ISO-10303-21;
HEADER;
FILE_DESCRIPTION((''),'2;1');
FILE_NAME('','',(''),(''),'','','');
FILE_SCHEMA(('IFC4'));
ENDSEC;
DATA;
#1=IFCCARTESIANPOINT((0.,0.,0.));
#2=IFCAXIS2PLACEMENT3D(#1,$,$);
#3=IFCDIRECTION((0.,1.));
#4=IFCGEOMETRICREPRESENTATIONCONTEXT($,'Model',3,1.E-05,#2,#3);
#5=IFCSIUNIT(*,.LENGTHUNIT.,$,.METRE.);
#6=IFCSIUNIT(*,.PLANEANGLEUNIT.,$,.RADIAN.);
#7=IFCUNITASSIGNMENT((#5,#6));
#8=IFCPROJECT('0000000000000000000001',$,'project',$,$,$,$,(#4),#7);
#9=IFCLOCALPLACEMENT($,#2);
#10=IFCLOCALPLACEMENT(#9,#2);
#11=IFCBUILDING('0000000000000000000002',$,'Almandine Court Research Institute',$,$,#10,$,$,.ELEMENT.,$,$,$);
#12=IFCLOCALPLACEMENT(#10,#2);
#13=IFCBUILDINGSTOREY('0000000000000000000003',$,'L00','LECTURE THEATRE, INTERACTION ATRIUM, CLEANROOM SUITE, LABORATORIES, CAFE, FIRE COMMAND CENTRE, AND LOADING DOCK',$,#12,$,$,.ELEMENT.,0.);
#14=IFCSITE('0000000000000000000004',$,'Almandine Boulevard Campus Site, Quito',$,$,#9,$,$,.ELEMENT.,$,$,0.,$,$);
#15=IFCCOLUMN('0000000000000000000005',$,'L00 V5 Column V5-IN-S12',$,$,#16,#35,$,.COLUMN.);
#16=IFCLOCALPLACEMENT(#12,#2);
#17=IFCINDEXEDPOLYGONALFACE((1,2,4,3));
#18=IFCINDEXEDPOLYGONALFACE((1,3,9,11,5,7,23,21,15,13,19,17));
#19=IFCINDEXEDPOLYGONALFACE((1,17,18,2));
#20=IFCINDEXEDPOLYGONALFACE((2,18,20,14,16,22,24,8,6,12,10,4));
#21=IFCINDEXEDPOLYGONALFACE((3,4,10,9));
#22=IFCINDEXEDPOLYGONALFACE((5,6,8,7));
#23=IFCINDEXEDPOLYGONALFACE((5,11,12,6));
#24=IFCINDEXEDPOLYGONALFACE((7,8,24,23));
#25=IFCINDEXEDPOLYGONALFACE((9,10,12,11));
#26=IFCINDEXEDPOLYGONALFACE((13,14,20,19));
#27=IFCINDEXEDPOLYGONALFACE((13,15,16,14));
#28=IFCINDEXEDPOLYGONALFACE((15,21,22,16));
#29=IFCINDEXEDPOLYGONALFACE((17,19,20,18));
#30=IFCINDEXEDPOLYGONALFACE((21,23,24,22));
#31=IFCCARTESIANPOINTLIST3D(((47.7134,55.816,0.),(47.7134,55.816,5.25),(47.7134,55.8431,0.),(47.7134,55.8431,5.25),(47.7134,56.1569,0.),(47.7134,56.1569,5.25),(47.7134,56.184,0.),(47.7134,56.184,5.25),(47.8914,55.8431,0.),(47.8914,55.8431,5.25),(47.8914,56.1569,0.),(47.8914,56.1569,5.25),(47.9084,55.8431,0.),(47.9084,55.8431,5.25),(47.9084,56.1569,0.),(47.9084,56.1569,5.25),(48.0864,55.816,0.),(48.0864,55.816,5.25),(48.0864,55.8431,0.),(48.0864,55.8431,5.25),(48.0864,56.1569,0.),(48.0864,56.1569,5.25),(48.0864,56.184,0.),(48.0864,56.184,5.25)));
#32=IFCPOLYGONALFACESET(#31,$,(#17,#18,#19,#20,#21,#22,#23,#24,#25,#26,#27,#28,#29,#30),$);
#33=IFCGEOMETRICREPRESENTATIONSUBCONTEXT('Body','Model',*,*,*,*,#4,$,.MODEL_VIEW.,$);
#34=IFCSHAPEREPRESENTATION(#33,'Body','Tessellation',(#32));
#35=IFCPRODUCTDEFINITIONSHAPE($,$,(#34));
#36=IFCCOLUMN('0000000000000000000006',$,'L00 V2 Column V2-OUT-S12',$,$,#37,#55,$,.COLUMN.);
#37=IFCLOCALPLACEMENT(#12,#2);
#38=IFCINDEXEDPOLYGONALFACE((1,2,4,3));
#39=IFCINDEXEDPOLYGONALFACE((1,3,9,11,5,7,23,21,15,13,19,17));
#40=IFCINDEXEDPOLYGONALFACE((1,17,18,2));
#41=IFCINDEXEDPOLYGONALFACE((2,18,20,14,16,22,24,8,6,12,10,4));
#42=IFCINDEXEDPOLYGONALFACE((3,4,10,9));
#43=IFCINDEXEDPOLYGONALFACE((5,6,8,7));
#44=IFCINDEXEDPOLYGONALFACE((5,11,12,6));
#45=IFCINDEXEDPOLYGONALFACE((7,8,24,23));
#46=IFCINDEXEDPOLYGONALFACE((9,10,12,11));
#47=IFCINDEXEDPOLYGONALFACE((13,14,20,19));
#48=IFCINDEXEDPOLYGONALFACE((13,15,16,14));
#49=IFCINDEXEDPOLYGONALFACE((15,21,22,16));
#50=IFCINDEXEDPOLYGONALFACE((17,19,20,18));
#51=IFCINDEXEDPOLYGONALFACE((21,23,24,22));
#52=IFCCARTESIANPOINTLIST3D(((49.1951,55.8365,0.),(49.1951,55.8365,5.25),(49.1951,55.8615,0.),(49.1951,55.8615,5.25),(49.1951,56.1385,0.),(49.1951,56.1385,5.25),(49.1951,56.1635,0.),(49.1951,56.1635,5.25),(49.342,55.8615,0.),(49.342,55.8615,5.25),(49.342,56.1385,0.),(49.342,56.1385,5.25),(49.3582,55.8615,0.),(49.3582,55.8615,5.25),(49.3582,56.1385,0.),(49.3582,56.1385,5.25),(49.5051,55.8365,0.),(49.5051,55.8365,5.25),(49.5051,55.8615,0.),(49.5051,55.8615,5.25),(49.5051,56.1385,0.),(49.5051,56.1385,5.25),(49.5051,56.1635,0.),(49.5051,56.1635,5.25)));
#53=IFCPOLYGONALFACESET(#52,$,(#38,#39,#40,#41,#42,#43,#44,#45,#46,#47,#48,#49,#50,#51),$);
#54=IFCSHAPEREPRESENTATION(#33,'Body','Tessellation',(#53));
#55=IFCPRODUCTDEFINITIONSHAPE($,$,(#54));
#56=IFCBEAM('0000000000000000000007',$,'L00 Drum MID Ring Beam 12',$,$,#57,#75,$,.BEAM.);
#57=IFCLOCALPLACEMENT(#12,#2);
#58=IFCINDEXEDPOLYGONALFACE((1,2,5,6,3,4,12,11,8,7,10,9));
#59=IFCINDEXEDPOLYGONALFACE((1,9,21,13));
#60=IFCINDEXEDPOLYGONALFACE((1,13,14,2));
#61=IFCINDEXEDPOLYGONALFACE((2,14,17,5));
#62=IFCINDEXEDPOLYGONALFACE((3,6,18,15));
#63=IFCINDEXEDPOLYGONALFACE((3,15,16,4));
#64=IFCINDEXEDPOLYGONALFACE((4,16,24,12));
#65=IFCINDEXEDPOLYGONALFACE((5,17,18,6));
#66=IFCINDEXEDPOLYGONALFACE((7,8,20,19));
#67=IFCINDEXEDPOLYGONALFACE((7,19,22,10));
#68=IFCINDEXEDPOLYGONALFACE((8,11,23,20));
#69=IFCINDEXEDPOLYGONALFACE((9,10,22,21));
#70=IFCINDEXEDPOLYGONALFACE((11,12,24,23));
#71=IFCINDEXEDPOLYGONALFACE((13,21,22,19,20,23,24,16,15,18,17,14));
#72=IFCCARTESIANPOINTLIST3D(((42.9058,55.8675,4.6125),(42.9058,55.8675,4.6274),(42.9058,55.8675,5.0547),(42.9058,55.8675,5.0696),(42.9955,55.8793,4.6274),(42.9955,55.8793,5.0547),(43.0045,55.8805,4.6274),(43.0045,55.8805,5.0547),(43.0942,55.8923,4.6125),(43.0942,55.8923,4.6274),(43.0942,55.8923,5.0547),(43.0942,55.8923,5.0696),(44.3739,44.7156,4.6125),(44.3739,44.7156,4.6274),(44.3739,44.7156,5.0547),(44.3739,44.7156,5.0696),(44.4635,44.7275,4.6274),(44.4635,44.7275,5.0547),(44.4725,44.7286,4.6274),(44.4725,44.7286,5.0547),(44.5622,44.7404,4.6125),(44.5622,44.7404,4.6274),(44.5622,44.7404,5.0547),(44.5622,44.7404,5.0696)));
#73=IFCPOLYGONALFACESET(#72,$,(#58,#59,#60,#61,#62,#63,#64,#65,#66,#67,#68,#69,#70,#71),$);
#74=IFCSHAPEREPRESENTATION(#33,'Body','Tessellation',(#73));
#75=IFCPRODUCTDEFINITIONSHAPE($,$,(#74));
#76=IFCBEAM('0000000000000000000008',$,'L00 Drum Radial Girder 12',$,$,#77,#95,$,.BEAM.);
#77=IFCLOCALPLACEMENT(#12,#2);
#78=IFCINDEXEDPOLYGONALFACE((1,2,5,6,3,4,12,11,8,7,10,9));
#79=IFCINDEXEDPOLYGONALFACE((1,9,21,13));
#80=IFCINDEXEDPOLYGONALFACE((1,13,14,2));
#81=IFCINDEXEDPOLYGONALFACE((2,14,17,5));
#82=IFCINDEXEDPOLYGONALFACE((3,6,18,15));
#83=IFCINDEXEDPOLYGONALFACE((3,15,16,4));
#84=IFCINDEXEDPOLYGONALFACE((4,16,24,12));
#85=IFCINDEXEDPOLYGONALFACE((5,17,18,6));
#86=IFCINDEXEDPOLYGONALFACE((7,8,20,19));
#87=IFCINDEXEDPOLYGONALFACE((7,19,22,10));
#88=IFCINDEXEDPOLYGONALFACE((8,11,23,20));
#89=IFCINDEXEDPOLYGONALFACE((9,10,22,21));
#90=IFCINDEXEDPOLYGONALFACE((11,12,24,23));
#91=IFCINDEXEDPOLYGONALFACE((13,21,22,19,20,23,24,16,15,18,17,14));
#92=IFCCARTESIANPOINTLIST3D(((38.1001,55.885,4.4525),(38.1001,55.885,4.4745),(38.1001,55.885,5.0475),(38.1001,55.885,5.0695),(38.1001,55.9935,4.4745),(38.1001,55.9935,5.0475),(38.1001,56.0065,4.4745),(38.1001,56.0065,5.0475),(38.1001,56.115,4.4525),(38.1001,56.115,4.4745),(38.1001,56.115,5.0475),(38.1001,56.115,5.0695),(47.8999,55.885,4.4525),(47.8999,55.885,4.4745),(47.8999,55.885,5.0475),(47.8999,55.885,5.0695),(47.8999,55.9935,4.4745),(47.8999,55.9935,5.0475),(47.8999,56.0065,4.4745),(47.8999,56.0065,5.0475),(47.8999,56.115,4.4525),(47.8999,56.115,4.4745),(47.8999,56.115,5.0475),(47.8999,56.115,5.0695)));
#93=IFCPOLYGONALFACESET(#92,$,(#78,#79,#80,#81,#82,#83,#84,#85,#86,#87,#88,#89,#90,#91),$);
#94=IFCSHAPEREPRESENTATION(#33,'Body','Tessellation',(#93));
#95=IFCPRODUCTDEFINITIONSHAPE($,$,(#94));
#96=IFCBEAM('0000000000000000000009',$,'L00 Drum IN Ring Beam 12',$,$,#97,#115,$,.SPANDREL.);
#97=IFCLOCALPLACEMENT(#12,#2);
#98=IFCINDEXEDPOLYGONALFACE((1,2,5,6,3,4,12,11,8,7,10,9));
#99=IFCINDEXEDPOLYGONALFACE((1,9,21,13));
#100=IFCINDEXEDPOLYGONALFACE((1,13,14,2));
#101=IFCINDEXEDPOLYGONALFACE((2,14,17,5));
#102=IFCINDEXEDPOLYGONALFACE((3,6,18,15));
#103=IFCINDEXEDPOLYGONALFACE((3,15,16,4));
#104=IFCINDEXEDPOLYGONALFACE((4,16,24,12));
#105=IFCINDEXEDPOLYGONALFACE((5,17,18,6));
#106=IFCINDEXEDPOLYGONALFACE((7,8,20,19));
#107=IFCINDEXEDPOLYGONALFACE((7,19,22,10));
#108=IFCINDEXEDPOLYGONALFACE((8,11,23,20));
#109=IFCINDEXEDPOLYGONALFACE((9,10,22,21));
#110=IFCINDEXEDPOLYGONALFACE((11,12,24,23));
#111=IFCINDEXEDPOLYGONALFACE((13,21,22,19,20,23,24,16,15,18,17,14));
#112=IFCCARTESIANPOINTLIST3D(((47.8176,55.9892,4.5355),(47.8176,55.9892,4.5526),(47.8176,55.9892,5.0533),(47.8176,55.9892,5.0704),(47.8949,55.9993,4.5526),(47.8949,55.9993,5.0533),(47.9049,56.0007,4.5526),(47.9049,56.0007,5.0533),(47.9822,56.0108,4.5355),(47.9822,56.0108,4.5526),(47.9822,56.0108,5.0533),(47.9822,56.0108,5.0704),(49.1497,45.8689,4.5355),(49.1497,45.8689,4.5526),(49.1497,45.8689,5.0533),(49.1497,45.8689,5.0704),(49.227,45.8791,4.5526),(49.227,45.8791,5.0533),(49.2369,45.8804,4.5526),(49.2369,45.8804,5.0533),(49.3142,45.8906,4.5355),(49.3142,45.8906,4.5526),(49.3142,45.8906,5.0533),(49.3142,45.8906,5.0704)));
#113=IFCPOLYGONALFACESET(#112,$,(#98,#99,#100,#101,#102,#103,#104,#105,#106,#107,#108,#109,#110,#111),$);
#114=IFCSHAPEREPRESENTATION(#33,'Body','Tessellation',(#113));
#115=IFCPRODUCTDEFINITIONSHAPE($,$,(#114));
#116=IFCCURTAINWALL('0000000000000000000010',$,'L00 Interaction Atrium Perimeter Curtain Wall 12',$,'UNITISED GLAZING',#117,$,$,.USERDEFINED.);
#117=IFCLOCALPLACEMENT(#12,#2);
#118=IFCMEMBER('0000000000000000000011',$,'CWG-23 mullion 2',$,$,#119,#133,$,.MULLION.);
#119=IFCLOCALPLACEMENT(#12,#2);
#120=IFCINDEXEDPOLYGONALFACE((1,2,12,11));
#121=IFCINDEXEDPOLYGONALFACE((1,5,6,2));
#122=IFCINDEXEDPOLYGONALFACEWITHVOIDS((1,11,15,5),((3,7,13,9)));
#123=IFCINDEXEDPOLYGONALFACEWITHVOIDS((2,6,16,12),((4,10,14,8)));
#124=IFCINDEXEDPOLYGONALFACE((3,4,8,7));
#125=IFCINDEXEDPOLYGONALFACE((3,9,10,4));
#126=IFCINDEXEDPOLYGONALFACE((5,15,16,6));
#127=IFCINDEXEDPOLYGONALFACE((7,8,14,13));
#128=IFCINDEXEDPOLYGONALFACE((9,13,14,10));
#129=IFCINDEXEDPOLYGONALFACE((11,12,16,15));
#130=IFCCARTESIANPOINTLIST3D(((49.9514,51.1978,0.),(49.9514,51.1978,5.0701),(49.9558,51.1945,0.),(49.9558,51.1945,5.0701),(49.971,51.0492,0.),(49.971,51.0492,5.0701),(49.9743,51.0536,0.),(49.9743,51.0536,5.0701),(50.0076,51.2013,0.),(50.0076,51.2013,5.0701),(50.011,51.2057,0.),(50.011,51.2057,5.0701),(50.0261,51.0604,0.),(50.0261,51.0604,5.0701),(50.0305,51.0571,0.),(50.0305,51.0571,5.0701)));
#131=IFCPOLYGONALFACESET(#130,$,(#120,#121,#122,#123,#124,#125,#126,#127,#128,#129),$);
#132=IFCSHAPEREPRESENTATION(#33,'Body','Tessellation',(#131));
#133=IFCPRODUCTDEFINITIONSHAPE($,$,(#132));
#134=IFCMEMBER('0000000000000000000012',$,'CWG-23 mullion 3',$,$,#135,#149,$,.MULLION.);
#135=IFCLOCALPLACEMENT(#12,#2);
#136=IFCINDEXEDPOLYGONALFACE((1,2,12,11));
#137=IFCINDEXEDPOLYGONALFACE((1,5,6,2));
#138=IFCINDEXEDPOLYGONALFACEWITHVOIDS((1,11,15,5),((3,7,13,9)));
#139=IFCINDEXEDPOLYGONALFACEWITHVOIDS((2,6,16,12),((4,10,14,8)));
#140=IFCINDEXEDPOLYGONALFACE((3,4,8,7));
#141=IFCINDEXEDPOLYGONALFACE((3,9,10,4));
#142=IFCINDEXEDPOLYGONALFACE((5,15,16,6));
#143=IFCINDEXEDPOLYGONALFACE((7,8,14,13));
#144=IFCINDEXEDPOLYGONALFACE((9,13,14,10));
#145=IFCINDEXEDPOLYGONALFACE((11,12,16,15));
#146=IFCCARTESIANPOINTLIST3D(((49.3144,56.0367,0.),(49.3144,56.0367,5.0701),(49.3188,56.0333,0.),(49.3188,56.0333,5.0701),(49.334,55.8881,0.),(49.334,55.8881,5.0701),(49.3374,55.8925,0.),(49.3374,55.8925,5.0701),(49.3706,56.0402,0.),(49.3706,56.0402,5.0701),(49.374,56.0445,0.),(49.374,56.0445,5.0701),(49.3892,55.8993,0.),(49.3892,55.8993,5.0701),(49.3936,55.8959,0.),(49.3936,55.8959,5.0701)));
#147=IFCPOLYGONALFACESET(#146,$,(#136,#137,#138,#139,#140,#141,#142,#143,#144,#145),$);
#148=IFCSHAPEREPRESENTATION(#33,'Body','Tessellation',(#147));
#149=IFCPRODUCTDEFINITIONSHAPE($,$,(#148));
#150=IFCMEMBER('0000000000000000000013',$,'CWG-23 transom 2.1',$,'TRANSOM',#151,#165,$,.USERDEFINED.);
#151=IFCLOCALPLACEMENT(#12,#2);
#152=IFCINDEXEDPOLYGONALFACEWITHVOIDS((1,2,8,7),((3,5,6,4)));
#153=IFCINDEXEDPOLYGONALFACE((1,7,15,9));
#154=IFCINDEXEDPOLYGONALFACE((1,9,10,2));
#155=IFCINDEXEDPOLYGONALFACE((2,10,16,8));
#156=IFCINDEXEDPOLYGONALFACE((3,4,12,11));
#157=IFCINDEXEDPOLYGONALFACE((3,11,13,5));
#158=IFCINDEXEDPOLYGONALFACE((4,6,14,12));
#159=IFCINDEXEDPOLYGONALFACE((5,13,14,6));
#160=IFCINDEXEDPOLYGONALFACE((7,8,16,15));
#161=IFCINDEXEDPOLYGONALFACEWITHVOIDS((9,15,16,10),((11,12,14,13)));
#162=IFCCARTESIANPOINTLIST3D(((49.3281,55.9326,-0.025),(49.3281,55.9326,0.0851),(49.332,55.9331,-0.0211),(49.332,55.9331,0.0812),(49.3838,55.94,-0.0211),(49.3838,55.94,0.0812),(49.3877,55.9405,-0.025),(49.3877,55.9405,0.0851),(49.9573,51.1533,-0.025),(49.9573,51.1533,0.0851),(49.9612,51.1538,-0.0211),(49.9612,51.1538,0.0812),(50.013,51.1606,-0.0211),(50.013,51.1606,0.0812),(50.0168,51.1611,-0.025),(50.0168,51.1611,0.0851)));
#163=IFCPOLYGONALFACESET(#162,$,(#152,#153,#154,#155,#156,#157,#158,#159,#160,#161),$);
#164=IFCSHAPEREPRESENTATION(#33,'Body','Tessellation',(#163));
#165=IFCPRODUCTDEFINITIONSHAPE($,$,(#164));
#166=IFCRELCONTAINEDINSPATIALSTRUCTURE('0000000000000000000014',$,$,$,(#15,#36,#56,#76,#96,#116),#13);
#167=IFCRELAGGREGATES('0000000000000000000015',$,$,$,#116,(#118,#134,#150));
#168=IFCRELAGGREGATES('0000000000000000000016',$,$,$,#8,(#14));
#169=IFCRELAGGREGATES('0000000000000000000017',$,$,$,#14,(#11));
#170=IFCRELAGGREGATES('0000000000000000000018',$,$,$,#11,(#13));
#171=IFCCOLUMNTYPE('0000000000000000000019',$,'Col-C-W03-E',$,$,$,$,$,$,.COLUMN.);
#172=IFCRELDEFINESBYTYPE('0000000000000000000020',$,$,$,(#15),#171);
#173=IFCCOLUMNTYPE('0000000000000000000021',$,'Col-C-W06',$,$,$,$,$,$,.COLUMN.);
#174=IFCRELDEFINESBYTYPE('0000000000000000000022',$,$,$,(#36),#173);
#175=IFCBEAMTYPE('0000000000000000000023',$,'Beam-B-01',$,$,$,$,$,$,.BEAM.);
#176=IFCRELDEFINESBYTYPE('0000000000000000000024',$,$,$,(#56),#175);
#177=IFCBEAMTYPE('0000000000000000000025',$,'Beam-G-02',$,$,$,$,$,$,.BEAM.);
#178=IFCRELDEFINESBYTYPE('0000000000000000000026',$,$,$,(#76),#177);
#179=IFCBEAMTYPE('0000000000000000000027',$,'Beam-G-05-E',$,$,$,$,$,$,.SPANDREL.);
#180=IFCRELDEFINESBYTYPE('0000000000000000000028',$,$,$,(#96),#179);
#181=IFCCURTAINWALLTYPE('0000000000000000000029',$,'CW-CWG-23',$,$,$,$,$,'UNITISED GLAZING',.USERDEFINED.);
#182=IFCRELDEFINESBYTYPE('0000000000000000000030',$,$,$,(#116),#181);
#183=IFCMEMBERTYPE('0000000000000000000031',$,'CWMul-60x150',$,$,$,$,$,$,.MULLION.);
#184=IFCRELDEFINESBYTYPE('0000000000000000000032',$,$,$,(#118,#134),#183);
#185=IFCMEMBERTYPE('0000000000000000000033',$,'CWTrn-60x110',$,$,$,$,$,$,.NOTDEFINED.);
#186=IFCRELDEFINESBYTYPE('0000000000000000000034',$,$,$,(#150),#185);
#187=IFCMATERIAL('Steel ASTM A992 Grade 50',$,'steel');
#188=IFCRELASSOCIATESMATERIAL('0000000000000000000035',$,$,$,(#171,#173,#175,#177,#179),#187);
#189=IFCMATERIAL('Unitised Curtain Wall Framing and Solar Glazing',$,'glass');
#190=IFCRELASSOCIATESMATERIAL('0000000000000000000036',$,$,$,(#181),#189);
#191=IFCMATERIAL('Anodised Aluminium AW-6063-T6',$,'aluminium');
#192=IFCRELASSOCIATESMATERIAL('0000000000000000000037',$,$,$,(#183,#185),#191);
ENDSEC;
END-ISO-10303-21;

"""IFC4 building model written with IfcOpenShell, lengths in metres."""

from ifc_helpers import new_model, si_unit, direction, frame, origin, origin_2d, place, context, subcontext, project, spatial, hollow_rectangle, i_section, extrude, material, material_profile, profile_set, type_object, element, aggregate, save


model = new_model("IFC4")

# Units and contexts
model_context = context("Model", 3, precision=1e-05, world=origin(), true_north=direction((0.0, 1.0)))
body_context = subcontext(model_context, "Body", "Model", "MODEL_VIEW")
ifc_project = project(units=[si_unit("LENGTHUNIT", "METRE"), si_unit("PLANEANGLEUNIT", "RADIAN")], contexts=[model_context])

# Site, building, storey
site_placement = place(None, origin())
site = spatial("IfcSite", under=ifc_project, at=site_placement, Name="Almandine Boulevard Campus Site, Quito", CompositionType="ELEMENT", RefElevation=0.0)
building_placement = place(site_placement, origin())
building = spatial("IfcBuilding", under=site, at=building_placement, Name="Almandine Court Research Institute", CompositionType="ELEMENT")
storey_placement = place(building_placement, origin())
storey = spatial("IfcBuildingStorey", under=building, at=storey_placement, Name="L00", Description="LECTURE THEATRE, INTERACTION ATRIUM, CLEANROOM SUITE, LABORATORIES, CAFE, FIRE COMMAND CENTRE, AND LOADING DOCK", CompositionType="ELEMENT", Elevation=0.0)

# Columns
ifc_material_1 = material(Name="Steel ASTM A992 Grade 50", Category="steel")
ifc_material_profile_1 = material_profile(ifc_material_1, i_section(OverallWidth=0.373, OverallDepth=0.3679, WebThickness=0.0171, FlangeThickness=0.0271, at=origin_2d()), Name="W360x179")
ifc_profile_set_1 = profile_set([ifc_material_profile_1], Name="Steel ASTM A992 Grade 50")
column_type_1 = type_object("IfcColumnType", Name="Col-C-W03-E", PredefinedType="COLUMN", material=ifc_profile_set_1)
column_1_placement = place(storey_placement, frame((47.8999, 56.0, 0.0), z_axis=(0.0, 0.0, 1.0), x_axis=(1.0, 0.0, 0.0)))
element("IfcColumn", 1, at=column_1_placement, inside=storey, type_object=column_type_1, Name="L00 V5 Column V5-IN-S12", PredefinedType="COLUMN", context=body_context, shape_type="SweptSolid", body=[
    extrude(i_section(OverallWidth=0.373, OverallDepth=0.3679, WebThickness=0.0171, FlangeThickness=0.0271, at=origin_2d()), origin(), (0.0, 0.0, 1.0), 5.25),
])
ifc_material_profile_2 = material_profile(ifc_material_1, i_section(OverallWidth=0.3101, OverallDepth=0.3269, WebThickness=0.0161, FlangeThickness=0.0249, at=origin_2d()), Name="W310x158")
ifc_profile_set_2 = profile_set([ifc_material_profile_2], Name="Steel ASTM A992 Grade 50")
column_type_2 = type_object("IfcColumnType", Name="Col-C-W06", PredefinedType="COLUMN", material=ifc_profile_set_2)
column_2_placement = place(storey_placement, frame((49.3501, 56.0, 0.0), z_axis=(0.0, 0.0, 1.0), x_axis=(1.0, 0.0, 0.0)))
element("IfcColumn", 2, at=column_2_placement, inside=storey, type_object=column_type_2, Name="L00 V2 Column V2-OUT-S12", PredefinedType="COLUMN", context=body_context, shape_type="SweptSolid", body=[
    extrude(i_section(OverallWidth=0.3101, OverallDepth=0.3269, WebThickness=0.0161, FlangeThickness=0.0249, at=origin_2d()), origin(), (0.0, 0.0, 1.0), 5.25),
])

# Beams
ifc_material_profile_3 = material_profile(ifc_material_1, i_section(OverallWidth=0.1899, OverallDepth=0.457, WebThickness=0.009, FlangeThickness=0.0149, at=origin_2d()), Name="W460x74")
ifc_profile_set_3 = profile_set([ifc_material_profile_3], Name="Steel ASTM A992 Grade 50")
beam_type_1 = type_object("IfcBeamType", Name="Beam-B-01", PredefinedType="BEAM", material=ifc_profile_set_3)
beam_1_placement = place(storey_placement, frame((43.0, 55.8799, 4.8411), z_axis=(0.130513, -0.991447, 0.0), x_axis=(0.991447, 0.130513, 0.0)))
element("IfcBeam", 3, at=beam_1_placement, inside=storey, type_object=beam_type_1, Name="L00 Drum MID Ring Beam 12", PredefinedType="BEAM", context=body_context, shape_type="SweptSolid", body=[
    extrude(i_section(OverallWidth=0.1899, OverallDepth=0.457, WebThickness=0.009, FlangeThickness=0.0149, at=origin_2d()), origin(), (0.0, 0.0, 1.0), 11.248),
])
ifc_material_profile_4 = material_profile(ifc_material_1, i_section(OverallWidth=0.23, OverallDepth=0.6169, WebThickness=0.0129, FlangeThickness=0.022, at=origin_2d()), Name="W610x140")
ifc_profile_set_4 = profile_set([ifc_material_profile_4], Name="Steel ASTM A992 Grade 50")
beam_type_2 = type_object("IfcBeamType", Name="Beam-G-02", PredefinedType="BEAM", material=ifc_profile_set_4)
beam_2_placement = place(storey_placement, frame((47.8999, 56.0, 4.761), z_axis=(-1.0, 0.0, 0.0), x_axis=(0.0, -1.0, 0.0)))
element("IfcBeam", 4, at=beam_2_placement, inside=storey, type_object=beam_type_2, Name="L00 Drum Radial Girder 12", PredefinedType="BEAM", context=body_context, shape_type="SweptSolid", body=[
    extrude(i_section(OverallWidth=0.23, OverallDepth=0.6169, WebThickness=0.0129, FlangeThickness=0.022, at=origin_2d()), origin(), (0.0, 0.0, 1.0), 9.7998),
])
ifc_material_profile_5 = material_profile(ifc_material_1, i_section(OverallWidth=0.166, OverallDepth=0.5349, WebThickness=0.01, FlangeThickness=0.0171, at=origin_2d()), Name="W530x85")
ifc_profile_set_5 = profile_set([ifc_material_profile_5], Name="Steel ASTM A992 Grade 50")
beam_type_3 = type_object("IfcBeamType", Name="Beam-G-05-E", PredefinedType="SPANDREL", material=ifc_profile_set_5)
beam_3_placement = place(storey_placement, frame((47.8999, 56.0, 4.803), z_axis=(0.130497, -0.991449, 0.0), x_axis=(0.991449, 0.130497, 0.0)))
element("IfcBeam", 5, at=beam_3_placement, inside=storey, type_object=beam_type_3, Name="L00 Drum IN Ring Beam 12", PredefinedType="SPANDREL", context=body_context, shape_type="SweptSolid", body=[
    extrude(i_section(OverallWidth=0.166, OverallDepth=0.5349, WebThickness=0.01, FlangeThickness=0.0171, at=origin_2d()), origin(), (0.0, 0.0, 1.0), 10.2075),
])

# Curtain wall, members
ifc_material_2 = material(Name="Unitised Curtain Wall Framing and Solar Glazing", Category="glass")
curtain_wall_type = type_object("IfcCurtainWallType", Name="CW-CWG-23", ElementType="UNITISED GLAZING", PredefinedType="USERDEFINED", material=ifc_material_2)
curtain_wall_placement = place(storey_placement, origin())
curtain_wall = element("IfcCurtainWall", 6, at=curtain_wall_placement, inside=storey, type_object=curtain_wall_type, Name="L00 Interaction Atrium Perimeter Curtain Wall 12", ObjectType="UNITISED GLAZING", PredefinedType="USERDEFINED")
ifc_material_3 = material(Name="Anodised Aluminium AW-6063-T6", Category="aluminium")
ifc_material_profile_6 = material_profile(ifc_material_3, hollow_rectangle(XDim=0.0601, YDim=0.1499, WallThickness=0.0039, at=origin_2d()), Name="ALU RHS 60x150x4")
ifc_profile_set_6 = profile_set([ifc_material_profile_6], Name="Anodised Aluminium AW-6063-T6")
member_type_1 = type_object("IfcMemberType", Name="CWMul-60x150", PredefinedType="MULLION", material=ifc_profile_set_6)
member_1_placement = place(storey_placement, frame((49.991, 51.1274, 0.0), z_axis=(0.0, 0.0, 1.0), x_axis=(-0.991444, -0.130536, 0.0)))
member_1 = element("IfcMember", 7, at=member_1_placement, type_object=member_type_1, Name="CWG-23 mullion 2", PredefinedType="MULLION", context=body_context, shape_type="SweptSolid", body=[
    extrude(hollow_rectangle(XDim=0.0601, YDim=0.1499, WallThickness=0.0039, at=origin_2d()), origin(), (0.0, 0.0, 1.0), 5.0701),
])
member_2_placement = place(storey_placement, frame((49.354, 55.9663, 0.0), z_axis=(0.0, 0.0, 1.0), x_axis=(-0.991444, -0.130536, 0.0)))
member_2 = element("IfcMember", 8, at=member_2_placement, type_object=member_type_1, Name="CWG-23 mullion 3", PredefinedType="MULLION", context=body_context, shape_type="SweptSolid", body=[
    extrude(hollow_rectangle(XDim=0.0601, YDim=0.1499, WallThickness=0.0039, at=origin_2d()), origin(), (0.0, 0.0, 1.0), 5.0701),
])
ifc_material_profile_7 = material_profile(ifc_material_3, hollow_rectangle(XDim=0.0601, YDim=0.1101, WallThickness=0.0039, at=origin_2d()), Name="ALU RHS 60x110x4")
ifc_profile_set_7 = profile_set([ifc_material_profile_7], Name="Anodised Aluminium AW-6063-T6")
member_type_2 = type_object("IfcMemberType", Name="CWTrn-60x110", PredefinedType="NOTDEFINED", material=ifc_profile_set_7)
member_3_placement = place(storey_placement, frame((49.9871, 51.1572, 0.03), z_axis=(-0.130515, 0.991446, 0.0), x_axis=(-0.991446, -0.130515, 0.0)))
member_3 = element("IfcMember", 9, at=member_3_placement, type_object=member_type_2, Name="CWG-23 transom 2.1", ObjectType="TRANSOM", PredefinedType="USERDEFINED", context=body_context, shape_type="SweptSolid", body=[
    extrude(hollow_rectangle(XDim=0.0601, YDim=0.1101, WallThickness=0.0039, at=origin_2d()), origin(), (0.0, 0.0, 1.0), 4.8206),
])
aggregate(curtain_wall, [member_1, member_2, member_3])

save(model, "model.ifc")
